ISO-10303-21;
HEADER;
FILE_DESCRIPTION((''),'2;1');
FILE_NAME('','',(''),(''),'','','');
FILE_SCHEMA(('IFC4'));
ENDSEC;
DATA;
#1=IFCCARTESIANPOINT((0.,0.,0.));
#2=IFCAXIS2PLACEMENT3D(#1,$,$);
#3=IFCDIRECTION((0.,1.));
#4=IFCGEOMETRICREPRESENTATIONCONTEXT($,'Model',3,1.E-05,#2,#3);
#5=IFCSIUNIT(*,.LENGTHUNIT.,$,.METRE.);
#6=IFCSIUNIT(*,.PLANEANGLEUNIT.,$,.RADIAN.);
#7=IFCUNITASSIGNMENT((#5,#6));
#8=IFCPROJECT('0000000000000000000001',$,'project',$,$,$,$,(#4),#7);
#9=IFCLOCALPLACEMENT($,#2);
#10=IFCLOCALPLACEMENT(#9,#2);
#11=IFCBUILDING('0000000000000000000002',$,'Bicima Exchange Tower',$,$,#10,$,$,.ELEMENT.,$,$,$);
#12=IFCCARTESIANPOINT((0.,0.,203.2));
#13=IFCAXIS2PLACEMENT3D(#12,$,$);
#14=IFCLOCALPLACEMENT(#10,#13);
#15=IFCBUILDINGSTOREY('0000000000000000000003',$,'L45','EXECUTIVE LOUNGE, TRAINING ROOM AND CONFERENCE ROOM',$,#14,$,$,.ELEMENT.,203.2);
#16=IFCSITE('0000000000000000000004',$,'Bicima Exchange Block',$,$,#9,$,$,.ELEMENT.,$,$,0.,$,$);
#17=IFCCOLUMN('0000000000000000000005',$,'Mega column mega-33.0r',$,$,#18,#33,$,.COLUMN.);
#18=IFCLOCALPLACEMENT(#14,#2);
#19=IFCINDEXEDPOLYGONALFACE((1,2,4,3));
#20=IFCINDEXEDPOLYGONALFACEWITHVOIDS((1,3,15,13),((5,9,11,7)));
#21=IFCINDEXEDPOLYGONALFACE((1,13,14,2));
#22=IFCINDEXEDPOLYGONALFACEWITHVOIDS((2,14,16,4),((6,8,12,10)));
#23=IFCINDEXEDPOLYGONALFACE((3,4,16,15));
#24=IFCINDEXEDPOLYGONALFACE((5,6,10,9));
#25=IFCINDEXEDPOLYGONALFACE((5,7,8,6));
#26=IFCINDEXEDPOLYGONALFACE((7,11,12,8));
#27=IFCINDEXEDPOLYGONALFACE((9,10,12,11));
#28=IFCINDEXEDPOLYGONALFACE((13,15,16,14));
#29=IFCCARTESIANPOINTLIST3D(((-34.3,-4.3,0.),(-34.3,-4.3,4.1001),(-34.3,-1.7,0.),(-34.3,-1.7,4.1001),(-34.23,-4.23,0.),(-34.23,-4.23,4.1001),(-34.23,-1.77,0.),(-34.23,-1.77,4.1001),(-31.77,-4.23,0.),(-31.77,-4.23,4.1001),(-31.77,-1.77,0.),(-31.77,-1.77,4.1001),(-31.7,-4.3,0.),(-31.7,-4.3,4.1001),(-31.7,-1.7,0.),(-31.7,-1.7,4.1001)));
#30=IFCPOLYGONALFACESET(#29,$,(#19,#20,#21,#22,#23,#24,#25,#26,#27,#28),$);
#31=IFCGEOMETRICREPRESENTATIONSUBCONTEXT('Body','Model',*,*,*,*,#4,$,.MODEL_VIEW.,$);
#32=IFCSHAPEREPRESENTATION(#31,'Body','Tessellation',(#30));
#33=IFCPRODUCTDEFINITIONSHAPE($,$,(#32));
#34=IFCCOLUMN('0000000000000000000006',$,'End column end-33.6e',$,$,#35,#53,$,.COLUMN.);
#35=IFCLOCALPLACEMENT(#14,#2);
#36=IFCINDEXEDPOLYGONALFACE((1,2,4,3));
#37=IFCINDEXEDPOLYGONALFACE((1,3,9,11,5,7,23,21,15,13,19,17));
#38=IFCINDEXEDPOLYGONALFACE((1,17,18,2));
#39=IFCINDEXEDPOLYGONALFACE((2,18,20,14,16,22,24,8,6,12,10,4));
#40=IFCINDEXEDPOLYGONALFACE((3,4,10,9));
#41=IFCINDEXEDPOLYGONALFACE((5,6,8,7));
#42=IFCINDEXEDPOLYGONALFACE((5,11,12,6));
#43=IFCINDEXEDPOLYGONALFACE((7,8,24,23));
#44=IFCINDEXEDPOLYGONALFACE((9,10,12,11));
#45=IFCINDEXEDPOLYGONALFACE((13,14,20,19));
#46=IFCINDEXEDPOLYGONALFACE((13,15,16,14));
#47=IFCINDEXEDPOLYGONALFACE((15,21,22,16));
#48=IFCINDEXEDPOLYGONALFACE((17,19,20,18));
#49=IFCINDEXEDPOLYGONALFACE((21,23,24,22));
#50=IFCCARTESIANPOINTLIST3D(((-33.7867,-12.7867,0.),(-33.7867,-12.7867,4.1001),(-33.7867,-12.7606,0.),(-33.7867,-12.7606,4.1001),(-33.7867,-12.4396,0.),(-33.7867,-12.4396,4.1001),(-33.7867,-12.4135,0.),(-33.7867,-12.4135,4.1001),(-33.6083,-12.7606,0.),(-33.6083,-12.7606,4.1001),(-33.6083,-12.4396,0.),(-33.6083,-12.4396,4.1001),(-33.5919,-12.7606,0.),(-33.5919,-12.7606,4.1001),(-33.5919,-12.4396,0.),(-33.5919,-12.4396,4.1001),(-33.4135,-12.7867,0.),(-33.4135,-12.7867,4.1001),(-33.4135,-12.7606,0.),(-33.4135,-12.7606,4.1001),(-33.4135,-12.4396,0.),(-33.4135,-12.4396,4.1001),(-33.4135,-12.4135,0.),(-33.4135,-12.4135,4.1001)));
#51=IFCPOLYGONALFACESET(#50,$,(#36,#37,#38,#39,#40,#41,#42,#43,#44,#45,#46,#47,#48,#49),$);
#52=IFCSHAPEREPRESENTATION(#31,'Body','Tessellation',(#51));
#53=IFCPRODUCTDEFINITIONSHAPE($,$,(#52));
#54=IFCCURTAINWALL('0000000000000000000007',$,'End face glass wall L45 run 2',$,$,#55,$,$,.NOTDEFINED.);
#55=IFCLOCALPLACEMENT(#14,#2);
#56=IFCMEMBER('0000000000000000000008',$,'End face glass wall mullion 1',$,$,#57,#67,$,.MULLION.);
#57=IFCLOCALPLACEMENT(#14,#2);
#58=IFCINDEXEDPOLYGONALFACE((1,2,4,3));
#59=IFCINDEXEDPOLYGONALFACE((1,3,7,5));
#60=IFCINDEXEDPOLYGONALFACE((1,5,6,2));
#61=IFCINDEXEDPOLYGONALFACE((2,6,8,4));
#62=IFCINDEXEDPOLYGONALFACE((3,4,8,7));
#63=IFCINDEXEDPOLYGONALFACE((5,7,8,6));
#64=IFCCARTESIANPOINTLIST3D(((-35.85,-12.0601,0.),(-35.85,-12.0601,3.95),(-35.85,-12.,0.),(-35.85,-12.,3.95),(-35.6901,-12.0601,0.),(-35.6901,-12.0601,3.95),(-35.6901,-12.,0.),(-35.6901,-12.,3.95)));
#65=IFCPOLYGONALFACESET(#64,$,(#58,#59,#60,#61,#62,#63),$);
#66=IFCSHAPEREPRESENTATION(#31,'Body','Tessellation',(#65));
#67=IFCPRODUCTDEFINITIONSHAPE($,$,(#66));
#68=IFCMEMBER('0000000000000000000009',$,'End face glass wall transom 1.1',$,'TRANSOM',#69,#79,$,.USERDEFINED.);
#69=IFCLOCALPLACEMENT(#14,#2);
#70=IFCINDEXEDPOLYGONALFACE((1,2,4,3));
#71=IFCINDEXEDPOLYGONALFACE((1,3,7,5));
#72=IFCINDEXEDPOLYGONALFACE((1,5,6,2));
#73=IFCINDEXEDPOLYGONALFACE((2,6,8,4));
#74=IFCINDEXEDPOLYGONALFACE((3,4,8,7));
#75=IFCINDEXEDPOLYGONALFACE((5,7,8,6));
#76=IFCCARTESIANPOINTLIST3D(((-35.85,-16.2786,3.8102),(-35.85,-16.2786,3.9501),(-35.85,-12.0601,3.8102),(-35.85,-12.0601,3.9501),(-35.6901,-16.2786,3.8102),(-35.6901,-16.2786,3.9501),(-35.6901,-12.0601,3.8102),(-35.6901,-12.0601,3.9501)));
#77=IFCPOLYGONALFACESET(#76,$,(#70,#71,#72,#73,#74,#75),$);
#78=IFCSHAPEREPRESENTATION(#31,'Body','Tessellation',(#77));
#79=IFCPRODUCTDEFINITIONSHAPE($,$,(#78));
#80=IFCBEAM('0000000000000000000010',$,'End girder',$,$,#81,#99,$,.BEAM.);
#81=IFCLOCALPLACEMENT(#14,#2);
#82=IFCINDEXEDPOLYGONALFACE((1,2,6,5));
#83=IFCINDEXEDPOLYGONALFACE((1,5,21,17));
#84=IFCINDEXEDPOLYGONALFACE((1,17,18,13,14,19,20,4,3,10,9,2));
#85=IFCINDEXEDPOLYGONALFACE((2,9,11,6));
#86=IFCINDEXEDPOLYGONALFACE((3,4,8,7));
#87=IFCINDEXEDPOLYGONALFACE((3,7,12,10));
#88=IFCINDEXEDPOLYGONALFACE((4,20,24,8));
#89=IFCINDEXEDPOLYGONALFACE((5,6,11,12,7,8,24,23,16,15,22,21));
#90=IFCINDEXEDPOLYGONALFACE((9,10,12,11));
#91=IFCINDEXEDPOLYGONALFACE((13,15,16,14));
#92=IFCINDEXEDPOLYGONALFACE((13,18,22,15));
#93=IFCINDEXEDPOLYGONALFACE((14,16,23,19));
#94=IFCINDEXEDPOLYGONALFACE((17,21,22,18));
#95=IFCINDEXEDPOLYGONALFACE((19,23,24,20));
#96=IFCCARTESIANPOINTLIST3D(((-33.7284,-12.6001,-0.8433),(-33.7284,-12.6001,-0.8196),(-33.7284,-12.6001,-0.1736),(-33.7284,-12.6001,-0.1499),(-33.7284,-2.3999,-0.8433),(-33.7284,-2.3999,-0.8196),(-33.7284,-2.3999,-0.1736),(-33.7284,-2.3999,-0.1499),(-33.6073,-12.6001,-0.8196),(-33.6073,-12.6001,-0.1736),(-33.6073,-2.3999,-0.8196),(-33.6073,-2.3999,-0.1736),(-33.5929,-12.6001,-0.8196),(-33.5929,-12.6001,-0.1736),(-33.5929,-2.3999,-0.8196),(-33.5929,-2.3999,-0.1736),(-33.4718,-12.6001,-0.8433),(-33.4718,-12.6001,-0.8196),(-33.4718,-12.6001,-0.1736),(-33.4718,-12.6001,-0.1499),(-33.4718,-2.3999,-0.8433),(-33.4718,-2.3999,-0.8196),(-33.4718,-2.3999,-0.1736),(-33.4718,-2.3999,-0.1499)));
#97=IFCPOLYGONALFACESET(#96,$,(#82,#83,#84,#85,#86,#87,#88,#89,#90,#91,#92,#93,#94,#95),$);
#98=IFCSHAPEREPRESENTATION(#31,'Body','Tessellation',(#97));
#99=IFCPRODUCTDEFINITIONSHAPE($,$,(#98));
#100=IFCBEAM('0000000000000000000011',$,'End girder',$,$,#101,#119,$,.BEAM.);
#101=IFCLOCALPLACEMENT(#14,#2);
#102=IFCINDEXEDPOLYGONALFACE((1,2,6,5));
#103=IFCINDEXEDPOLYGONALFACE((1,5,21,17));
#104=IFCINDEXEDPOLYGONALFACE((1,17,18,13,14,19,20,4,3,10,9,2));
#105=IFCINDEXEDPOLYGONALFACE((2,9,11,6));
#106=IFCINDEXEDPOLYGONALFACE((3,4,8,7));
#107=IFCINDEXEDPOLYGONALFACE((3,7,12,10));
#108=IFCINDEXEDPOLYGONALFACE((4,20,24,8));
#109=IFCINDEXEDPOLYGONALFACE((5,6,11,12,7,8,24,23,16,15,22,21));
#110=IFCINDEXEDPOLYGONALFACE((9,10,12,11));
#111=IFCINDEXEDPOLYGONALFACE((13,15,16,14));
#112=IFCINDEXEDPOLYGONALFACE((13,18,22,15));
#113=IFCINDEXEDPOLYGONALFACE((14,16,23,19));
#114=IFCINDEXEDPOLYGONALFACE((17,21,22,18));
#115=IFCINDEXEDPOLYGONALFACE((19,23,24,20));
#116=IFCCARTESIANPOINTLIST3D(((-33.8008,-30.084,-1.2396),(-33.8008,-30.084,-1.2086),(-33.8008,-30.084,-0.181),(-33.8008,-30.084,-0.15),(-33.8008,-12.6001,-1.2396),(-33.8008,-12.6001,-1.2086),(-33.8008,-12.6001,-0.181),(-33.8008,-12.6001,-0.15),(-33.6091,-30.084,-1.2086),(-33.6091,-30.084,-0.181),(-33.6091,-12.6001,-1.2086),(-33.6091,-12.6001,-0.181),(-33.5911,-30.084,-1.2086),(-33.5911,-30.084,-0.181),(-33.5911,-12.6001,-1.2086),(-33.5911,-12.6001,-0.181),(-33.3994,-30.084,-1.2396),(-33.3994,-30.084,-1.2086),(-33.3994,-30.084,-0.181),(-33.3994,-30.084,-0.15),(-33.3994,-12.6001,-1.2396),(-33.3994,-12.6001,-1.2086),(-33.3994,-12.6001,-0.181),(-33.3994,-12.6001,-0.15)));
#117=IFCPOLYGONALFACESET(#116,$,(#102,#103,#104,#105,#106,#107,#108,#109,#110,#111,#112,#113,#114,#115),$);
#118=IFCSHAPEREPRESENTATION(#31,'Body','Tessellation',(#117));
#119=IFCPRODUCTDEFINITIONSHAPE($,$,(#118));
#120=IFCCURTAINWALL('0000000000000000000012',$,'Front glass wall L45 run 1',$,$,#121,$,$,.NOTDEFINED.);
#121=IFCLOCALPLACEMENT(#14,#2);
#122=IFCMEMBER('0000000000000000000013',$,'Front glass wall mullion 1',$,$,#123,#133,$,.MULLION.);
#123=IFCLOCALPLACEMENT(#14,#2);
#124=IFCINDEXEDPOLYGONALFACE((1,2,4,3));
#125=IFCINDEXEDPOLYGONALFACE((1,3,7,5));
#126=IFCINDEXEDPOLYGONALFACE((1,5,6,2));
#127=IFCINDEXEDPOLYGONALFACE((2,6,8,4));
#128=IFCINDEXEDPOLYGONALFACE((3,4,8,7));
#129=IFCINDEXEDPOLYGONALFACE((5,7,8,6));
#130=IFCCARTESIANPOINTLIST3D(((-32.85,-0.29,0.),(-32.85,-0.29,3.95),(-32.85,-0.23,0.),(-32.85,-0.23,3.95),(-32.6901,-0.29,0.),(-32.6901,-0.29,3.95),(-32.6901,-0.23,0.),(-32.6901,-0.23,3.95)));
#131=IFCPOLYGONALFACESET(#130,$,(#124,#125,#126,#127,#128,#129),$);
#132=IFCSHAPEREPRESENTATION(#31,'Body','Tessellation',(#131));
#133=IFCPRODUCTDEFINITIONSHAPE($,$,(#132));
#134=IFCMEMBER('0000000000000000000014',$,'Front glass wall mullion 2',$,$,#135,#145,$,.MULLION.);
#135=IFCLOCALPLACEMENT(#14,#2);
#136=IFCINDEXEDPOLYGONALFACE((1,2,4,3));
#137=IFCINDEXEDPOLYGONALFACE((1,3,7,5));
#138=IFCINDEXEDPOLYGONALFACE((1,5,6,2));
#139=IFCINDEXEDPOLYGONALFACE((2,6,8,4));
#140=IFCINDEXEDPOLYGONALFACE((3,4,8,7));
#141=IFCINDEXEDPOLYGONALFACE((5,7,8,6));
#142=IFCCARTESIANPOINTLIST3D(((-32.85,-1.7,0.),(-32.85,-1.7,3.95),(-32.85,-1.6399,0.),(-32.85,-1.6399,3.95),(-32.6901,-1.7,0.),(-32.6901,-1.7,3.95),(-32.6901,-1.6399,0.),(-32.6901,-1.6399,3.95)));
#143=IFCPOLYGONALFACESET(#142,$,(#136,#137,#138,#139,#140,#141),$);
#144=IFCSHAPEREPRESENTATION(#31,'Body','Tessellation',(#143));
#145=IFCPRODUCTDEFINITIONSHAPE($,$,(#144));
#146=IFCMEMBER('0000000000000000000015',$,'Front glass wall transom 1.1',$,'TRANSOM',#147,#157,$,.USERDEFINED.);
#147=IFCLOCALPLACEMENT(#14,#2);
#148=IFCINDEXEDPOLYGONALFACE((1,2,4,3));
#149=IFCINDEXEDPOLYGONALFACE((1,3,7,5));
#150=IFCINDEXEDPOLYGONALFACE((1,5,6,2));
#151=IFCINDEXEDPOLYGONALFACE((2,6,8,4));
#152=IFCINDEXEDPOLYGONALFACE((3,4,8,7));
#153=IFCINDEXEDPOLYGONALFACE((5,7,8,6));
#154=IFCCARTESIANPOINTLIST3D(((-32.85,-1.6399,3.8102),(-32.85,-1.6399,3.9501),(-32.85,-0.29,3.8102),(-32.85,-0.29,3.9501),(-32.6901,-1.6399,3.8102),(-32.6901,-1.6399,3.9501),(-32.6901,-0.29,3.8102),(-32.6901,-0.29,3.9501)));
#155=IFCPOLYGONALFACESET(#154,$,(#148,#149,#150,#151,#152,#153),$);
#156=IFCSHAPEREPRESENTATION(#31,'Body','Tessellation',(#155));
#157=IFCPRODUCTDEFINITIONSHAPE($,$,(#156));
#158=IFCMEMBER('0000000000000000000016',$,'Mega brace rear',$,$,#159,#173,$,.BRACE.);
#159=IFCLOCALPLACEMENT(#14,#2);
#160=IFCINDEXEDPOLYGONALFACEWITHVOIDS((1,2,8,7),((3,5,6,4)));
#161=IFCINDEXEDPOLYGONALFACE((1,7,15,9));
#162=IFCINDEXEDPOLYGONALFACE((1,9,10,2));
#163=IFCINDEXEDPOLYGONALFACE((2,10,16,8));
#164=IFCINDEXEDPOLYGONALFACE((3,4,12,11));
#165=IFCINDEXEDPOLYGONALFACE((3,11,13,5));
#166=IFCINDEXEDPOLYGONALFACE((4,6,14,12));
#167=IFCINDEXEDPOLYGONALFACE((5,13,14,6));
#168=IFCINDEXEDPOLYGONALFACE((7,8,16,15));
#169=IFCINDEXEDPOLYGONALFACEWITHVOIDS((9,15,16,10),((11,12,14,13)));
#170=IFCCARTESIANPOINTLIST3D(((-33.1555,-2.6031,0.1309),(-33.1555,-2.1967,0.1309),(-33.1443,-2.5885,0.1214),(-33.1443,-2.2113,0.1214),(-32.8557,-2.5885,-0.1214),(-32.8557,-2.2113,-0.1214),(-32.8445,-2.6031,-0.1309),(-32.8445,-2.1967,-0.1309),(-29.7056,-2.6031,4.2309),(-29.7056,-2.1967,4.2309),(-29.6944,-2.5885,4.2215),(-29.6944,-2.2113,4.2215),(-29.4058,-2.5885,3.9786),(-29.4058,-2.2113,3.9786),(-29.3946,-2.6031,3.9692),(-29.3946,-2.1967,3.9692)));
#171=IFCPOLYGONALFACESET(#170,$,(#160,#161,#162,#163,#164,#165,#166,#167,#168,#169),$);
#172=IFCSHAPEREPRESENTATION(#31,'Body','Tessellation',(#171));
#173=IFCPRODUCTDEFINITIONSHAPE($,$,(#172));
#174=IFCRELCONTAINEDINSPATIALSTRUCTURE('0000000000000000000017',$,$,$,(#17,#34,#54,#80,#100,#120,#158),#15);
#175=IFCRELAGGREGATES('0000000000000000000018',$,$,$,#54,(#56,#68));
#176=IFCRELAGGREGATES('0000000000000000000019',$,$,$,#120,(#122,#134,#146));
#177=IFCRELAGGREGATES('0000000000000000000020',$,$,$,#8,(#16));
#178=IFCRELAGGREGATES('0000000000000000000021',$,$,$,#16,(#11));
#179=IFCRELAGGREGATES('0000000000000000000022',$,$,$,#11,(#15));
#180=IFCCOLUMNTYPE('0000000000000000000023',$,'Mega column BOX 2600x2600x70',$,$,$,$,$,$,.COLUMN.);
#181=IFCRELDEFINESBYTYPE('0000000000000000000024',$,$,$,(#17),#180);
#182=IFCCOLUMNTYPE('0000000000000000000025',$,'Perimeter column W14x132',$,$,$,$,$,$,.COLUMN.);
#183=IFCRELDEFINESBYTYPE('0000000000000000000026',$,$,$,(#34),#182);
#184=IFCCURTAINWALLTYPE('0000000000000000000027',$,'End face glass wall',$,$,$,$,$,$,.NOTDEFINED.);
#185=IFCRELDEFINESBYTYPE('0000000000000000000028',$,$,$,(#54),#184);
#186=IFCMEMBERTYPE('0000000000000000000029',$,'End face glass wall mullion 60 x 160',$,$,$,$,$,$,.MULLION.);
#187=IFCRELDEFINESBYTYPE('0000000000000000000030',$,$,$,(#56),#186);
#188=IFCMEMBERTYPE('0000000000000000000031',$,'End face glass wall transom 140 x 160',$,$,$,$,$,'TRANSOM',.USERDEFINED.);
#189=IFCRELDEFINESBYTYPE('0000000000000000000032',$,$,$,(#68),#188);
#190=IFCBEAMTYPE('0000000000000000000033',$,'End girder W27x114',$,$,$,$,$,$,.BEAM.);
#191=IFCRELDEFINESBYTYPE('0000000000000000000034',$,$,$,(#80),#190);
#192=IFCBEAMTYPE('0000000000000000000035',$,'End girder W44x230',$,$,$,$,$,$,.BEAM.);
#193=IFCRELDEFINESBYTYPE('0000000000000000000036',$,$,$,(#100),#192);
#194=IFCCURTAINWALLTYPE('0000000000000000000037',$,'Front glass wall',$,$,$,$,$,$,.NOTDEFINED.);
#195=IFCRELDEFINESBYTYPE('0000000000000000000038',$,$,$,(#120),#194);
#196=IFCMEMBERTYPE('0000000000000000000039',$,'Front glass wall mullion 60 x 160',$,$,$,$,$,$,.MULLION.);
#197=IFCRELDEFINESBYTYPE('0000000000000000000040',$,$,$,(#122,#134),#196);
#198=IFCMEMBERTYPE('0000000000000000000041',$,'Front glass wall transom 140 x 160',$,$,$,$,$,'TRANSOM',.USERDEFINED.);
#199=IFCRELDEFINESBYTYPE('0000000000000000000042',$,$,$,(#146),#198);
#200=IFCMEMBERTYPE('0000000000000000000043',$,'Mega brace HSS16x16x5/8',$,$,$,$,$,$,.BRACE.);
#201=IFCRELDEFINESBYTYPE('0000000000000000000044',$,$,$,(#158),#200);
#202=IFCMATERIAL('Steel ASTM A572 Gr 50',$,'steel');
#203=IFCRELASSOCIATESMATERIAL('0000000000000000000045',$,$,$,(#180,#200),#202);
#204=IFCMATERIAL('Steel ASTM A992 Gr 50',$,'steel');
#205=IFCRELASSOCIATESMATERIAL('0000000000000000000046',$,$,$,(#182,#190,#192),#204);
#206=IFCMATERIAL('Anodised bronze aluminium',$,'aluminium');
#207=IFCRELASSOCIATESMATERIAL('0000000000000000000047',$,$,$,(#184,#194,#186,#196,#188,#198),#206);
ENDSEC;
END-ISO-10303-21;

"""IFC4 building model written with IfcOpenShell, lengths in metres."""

from ifc_helpers import new_model, si_unit, direction, frame, origin, origin_2d, place, context, subcontext, project, spatial, rectangle, hollow_rectangle, i_section, extrude, material, material_profile, profile_set, type_object, element, aggregate, save


model = new_model("IFC4")

# Units and contexts
model_context = context("Model", 3, precision=1e-05, world=origin(), true_north=direction((0.0, 1.0)))
body_context = subcontext(model_context, "Body", "Model", "MODEL_VIEW")
ifc_project = project(units=[si_unit("LENGTHUNIT", "METRE"), si_unit("PLANEANGLEUNIT", "RADIAN")], contexts=[model_context])

# Site, building, storey
site_placement = place(None, origin())
site = spatial("IfcSite", under=ifc_project, at=site_placement, Name="Bicima Exchange Block", CompositionType="ELEMENT", RefElevation=0.0)
building_placement = place(site_placement, origin())
building = spatial("IfcBuilding", under=site, at=building_placement, Name="Bicima Exchange Tower", CompositionType="ELEMENT")
storey_placement = place(building_placement, frame((0.0, 0.0, 203.2)))
storey = spatial("IfcBuildingStorey", under=building, at=storey_placement, Name="L45", Description="EXECUTIVE LOUNGE, TRAINING ROOM AND CONFERENCE ROOM", CompositionType="ELEMENT", Elevation=203.2)

# Columns
ifc_material_1 = material(Name="Steel ASTM A572 Gr 50", Category="steel")
ifc_material_profile_1 = material_profile(ifc_material_1, hollow_rectangle(XDim=2.6001, YDim=2.6001, WallThickness=0.0701, at=origin_2d()))
ifc_profile_set_1 = profile_set([ifc_material_profile_1], Name="Steel ASTM A572 Gr 50")
column_type_1 = type_object("IfcColumnType", Name="Mega column BOX 2600x2600x70", PredefinedType="COLUMN", material=ifc_profile_set_1)
column_1_placement = place(storey_placement, frame((-33.0, -3.0, 0.0), z_axis=(0.0, 0.0, 1.0), x_axis=(1.0, 0.0, 0.0)))
element("IfcColumn", 1, at=column_1_placement, inside=storey, type_object=column_type_1, Name="Mega column mega-33.0r", PredefinedType="COLUMN", context=body_context, shape_type="SweptSolid", body=[
    extrude(hollow_rectangle(XDim=2.6001, YDim=2.6001, WallThickness=0.0701, at=origin_2d()), origin(), (0.0, 0.0, 1.0), 4.1001),
])
ifc_material_2 = material(Name="Steel ASTM A992 Gr 50", Category="steel")
ifc_material_profile_2 = material_profile(ifc_material_2, i_section(OverallWidth=0.3733, OverallDepth=0.3733, WebThickness=0.0164, FlangeThickness=0.0261, at=origin_2d()))
ifc_profile_set_2 = profile_set([ifc_material_profile_2], Name="Steel ASTM A992 Gr 50")
column_type_2 = type_object("IfcColumnType", Name="Perimeter column W14x132", PredefinedType="COLUMN", material=ifc_profile_set_2)
column_2_placement = place(storey_placement, frame((-33.6001, -12.6001, 0.0), z_axis=(0.0, 0.0, 1.0), x_axis=(1.0, 0.0, 0.0)))
element("IfcColumn", 2, at=column_2_placement, inside=storey, type_object=column_type_2, Name="End column end-33.6e", PredefinedType="COLUMN", context=body_context, shape_type="SweptSolid", body=[
    extrude(i_section(OverallWidth=0.3733, OverallDepth=0.3733, WebThickness=0.0164, FlangeThickness=0.0261, at=origin_2d()), origin(), (0.0, 0.0, 1.0), 4.1001),
])

# Curtain wall, members
ifc_material_3 = material(Name="Anodised bronze aluminium", Category="aluminium")
curtain_wall_type_1 = type_object("IfcCurtainWallType", Name="End face glass wall", PredefinedType="NOTDEFINED", material=ifc_material_3)
curtain_wall_1_placement = place(storey_placement, origin())
curtain_wall_1 = element("IfcCurtainWall", 3, at=curtain_wall_1_placement, inside=storey, type_object=curtain_wall_type_1, Name="End face glass wall L45 run 2", PredefinedType="NOTDEFINED")
ifc_material_profile_3 = material_profile(ifc_material_3, rectangle(XDim=0.1599, YDim=0.0601, at=origin_2d()))
ifc_profile_set_3 = profile_set([ifc_material_profile_3], Name="Anodised bronze aluminium")
member_type_1 = type_object("IfcMemberType", Name="End face glass wall mullion 60 x 160", PredefinedType="MULLION", material=ifc_profile_set_3)
member_1_placement = place(storey_placement, frame((-35.77, -12.03, 0.0), z_axis=(0.0, 0.0, 1.0), x_axis=(1.0, 0.0, 0.0)))
member_1 = element("IfcMember", 4, at=member_1_placement, type_object=member_type_1, Name="End face glass wall mullion 1", PredefinedType="MULLION", context=body_context, shape_type="SweptSolid", body=[
    extrude(rectangle(XDim=0.1599, YDim=0.0601, at=origin_2d()), origin(), (0.0, 0.0, 1.0), 3.95),
])
ifc_material_profile_4 = material_profile(ifc_material_3, rectangle(XDim=0.1599, YDim=0.1399, at=origin_2d()))
ifc_profile_set_4 = profile_set([ifc_material_profile_4], Name="Anodised bronze aluminium")
member_type_2 = type_object("IfcMemberType", Name="End face glass wall transom 140 x 160", ElementType="TRANSOM", PredefinedType="USERDEFINED", material=ifc_profile_set_4)
member_2_placement = place(storey_placement, frame((-35.77, -12.0601, 3.8801), z_axis=(0.0, -1.0, 0.0), x_axis=(1.0, 0.0, 0.0)))
member_2 = element("IfcMember", 5, at=member_2_placement, type_object=member_type_2, Name="End face glass wall transom 1.1", ObjectType="TRANSOM", PredefinedType="USERDEFINED", context=body_context, shape_type="SweptSolid", body=[
    extrude(rectangle(XDim=0.1599, YDim=0.1399, at=origin_2d()), origin(), (0.0, 0.0, 1.0), 4.2185),
])
aggregate(curtain_wall_1, [member_1, member_2])

# Beams
ifc_material_profile_5 = material_profile(ifc_material_2, i_section(OverallWidth=0.2566, OverallDepth=0.6934, WebThickness=0.0144, FlangeThickness=0.0237, at=origin_2d()))
ifc_profile_set_5 = profile_set([ifc_material_profile_5], Name="Steel ASTM A992 Gr 50")
beam_type_1 = type_object("IfcBeamType", Name="End girder W27x114", PredefinedType="BEAM", material=ifc_profile_set_5)
beam_1_placement = place(storey_placement, frame((-33.6001, -2.3999, -0.4966), z_axis=(0.0, -1.0, 0.0), x_axis=(1.0, 0.0, 0.0)))
element("IfcBeam", 6, at=beam_1_placement, inside=storey, type_object=beam_type_1, Name="End girder", PredefinedType="BEAM", context=body_context, shape_type="SweptSolid", body=[
    extrude(i_section(OverallWidth=0.2566, OverallDepth=0.6934, WebThickness=0.0144, FlangeThickness=0.0237, at=origin_2d()), origin(), (0.0, 0.0, 1.0), 10.2002),
])
ifc_material_profile_6 = material_profile(ifc_material_2, i_section(OverallWidth=0.4014, OverallDepth=1.0896, WebThickness=0.0181, FlangeThickness=0.031, at=origin_2d()))
ifc_profile_set_6 = profile_set([ifc_material_profile_6], Name="Steel ASTM A992 Gr 50")
beam_type_2 = type_object("IfcBeamType", Name="End girder W44x230", PredefinedType="BEAM", material=ifc_profile_set_6)
beam_2_placement = place(storey_placement, frame((-33.6001, -12.6001, -0.6948), z_axis=(0.0, -1.0, 0.0), x_axis=(1.0, 0.0, 0.0)))
element("IfcBeam", 7, at=beam_2_placement, inside=storey, type_object=beam_type_2, Name="End girder", PredefinedType="BEAM", context=body_context, shape_type="SweptSolid", body=[
    extrude(i_section(OverallWidth=0.4014, OverallDepth=1.0896, WebThickness=0.0181, FlangeThickness=0.031, at=origin_2d()), origin(), (0.0, 0.0, 1.0), 17.4839),
])

# Curtain wall, members
curtain_wall_type_2 = type_object("IfcCurtainWallType", Name="Front glass wall", PredefinedType="NOTDEFINED", material=ifc_material_3)
curtain_wall_2_placement = place(storey_placement, origin())
curtain_wall_2 = element("IfcCurtainWall", 8, at=curtain_wall_2_placement, inside=storey, type_object=curtain_wall_type_2, Name="Front glass wall L45 run 1", PredefinedType="NOTDEFINED")
member_type_3 = type_object("IfcMemberType", Name="Front glass wall mullion 60 x 160", PredefinedType="MULLION", material=ifc_profile_set_3)
member_3_placement = place(storey_placement, frame((-32.77, -0.26, 0.0), z_axis=(0.0, 0.0, 1.0), x_axis=(1.0, 0.0, 0.0)))
member_3 = element("IfcMember", 9, at=member_3_placement, type_object=member_type_3, Name="Front glass wall mullion 1", PredefinedType="MULLION", context=body_context, shape_type="SweptSolid", body=[
    extrude(rectangle(XDim=0.1599, YDim=0.0601, at=origin_2d()), origin(), (0.0, 0.0, 1.0), 3.95),
])
member_4_placement = place(storey_placement, frame((-32.77, -1.6699, 0.0), z_axis=(0.0, 0.0, 1.0), x_axis=(1.0, 0.0, 0.0)))
member_4 = element("IfcMember", 10, at=member_4_placement, type_object=member_type_3, Name="Front glass wall mullion 2", PredefinedType="MULLION", context=body_context, shape_type="SweptSolid", body=[
    extrude(rectangle(XDim=0.1599, YDim=0.0601, at=origin_2d()), origin(), (0.0, 0.0, 1.0), 3.95),
])
member_type_4 = type_object("IfcMemberType", Name="Front glass wall transom 140 x 160", ElementType="TRANSOM", PredefinedType="USERDEFINED", material=ifc_profile_set_4)
member_5_placement = place(storey_placement, frame((-32.77, -0.29, 3.8801), z_axis=(0.0, -1.0, 0.0), x_axis=(1.0, 0.0, 0.0)))
member_5 = element("IfcMember", 11, at=member_5_placement, type_object=member_type_4, Name="Front glass wall transom 1.1", ObjectType="TRANSOM", PredefinedType="USERDEFINED", context=body_context, shape_type="SweptSolid", body=[
    extrude(rectangle(XDim=0.1599, YDim=0.1399, at=origin_2d()), origin(), (0.0, 0.0, 1.0), 1.3499),
])

# Member
ifc_material_profile_7 = material_profile(ifc_material_1, hollow_rectangle(XDim=0.4065, YDim=0.4065, WallThickness=0.0146, at=origin_2d()))
ifc_profile_set_7 = profile_set([ifc_material_profile_7], Name="Steel ASTM A572 Gr 50")
member_type_5 = type_object("IfcMemberType", Name="Mega brace HSS16x16x5/8", PredefinedType="BRACE", material=ifc_profile_set_7)
member_6_placement = place(storey_placement, frame((-33.0, -2.3999, 0.0), z_axis=(0.643834, 0.0, 0.765165), x_axis=(0.0, 1.0, 0.0)))
element("IfcMember", 12, at=member_6_placement, inside=storey, type_object=member_type_5, Name="Mega brace rear", PredefinedType="BRACE", context=body_context, shape_type="SweptSolid", body=[
    extrude(hollow_rectangle(XDim=0.4065, YDim=0.4065, WallThickness=0.0146, at=origin_2d()), origin(), (0.0, 0.0, 1.0), 5.3584),
])

aggregate(curtain_wall_2, [member_3, member_4, member_5])

save(model, "model.ifc")
